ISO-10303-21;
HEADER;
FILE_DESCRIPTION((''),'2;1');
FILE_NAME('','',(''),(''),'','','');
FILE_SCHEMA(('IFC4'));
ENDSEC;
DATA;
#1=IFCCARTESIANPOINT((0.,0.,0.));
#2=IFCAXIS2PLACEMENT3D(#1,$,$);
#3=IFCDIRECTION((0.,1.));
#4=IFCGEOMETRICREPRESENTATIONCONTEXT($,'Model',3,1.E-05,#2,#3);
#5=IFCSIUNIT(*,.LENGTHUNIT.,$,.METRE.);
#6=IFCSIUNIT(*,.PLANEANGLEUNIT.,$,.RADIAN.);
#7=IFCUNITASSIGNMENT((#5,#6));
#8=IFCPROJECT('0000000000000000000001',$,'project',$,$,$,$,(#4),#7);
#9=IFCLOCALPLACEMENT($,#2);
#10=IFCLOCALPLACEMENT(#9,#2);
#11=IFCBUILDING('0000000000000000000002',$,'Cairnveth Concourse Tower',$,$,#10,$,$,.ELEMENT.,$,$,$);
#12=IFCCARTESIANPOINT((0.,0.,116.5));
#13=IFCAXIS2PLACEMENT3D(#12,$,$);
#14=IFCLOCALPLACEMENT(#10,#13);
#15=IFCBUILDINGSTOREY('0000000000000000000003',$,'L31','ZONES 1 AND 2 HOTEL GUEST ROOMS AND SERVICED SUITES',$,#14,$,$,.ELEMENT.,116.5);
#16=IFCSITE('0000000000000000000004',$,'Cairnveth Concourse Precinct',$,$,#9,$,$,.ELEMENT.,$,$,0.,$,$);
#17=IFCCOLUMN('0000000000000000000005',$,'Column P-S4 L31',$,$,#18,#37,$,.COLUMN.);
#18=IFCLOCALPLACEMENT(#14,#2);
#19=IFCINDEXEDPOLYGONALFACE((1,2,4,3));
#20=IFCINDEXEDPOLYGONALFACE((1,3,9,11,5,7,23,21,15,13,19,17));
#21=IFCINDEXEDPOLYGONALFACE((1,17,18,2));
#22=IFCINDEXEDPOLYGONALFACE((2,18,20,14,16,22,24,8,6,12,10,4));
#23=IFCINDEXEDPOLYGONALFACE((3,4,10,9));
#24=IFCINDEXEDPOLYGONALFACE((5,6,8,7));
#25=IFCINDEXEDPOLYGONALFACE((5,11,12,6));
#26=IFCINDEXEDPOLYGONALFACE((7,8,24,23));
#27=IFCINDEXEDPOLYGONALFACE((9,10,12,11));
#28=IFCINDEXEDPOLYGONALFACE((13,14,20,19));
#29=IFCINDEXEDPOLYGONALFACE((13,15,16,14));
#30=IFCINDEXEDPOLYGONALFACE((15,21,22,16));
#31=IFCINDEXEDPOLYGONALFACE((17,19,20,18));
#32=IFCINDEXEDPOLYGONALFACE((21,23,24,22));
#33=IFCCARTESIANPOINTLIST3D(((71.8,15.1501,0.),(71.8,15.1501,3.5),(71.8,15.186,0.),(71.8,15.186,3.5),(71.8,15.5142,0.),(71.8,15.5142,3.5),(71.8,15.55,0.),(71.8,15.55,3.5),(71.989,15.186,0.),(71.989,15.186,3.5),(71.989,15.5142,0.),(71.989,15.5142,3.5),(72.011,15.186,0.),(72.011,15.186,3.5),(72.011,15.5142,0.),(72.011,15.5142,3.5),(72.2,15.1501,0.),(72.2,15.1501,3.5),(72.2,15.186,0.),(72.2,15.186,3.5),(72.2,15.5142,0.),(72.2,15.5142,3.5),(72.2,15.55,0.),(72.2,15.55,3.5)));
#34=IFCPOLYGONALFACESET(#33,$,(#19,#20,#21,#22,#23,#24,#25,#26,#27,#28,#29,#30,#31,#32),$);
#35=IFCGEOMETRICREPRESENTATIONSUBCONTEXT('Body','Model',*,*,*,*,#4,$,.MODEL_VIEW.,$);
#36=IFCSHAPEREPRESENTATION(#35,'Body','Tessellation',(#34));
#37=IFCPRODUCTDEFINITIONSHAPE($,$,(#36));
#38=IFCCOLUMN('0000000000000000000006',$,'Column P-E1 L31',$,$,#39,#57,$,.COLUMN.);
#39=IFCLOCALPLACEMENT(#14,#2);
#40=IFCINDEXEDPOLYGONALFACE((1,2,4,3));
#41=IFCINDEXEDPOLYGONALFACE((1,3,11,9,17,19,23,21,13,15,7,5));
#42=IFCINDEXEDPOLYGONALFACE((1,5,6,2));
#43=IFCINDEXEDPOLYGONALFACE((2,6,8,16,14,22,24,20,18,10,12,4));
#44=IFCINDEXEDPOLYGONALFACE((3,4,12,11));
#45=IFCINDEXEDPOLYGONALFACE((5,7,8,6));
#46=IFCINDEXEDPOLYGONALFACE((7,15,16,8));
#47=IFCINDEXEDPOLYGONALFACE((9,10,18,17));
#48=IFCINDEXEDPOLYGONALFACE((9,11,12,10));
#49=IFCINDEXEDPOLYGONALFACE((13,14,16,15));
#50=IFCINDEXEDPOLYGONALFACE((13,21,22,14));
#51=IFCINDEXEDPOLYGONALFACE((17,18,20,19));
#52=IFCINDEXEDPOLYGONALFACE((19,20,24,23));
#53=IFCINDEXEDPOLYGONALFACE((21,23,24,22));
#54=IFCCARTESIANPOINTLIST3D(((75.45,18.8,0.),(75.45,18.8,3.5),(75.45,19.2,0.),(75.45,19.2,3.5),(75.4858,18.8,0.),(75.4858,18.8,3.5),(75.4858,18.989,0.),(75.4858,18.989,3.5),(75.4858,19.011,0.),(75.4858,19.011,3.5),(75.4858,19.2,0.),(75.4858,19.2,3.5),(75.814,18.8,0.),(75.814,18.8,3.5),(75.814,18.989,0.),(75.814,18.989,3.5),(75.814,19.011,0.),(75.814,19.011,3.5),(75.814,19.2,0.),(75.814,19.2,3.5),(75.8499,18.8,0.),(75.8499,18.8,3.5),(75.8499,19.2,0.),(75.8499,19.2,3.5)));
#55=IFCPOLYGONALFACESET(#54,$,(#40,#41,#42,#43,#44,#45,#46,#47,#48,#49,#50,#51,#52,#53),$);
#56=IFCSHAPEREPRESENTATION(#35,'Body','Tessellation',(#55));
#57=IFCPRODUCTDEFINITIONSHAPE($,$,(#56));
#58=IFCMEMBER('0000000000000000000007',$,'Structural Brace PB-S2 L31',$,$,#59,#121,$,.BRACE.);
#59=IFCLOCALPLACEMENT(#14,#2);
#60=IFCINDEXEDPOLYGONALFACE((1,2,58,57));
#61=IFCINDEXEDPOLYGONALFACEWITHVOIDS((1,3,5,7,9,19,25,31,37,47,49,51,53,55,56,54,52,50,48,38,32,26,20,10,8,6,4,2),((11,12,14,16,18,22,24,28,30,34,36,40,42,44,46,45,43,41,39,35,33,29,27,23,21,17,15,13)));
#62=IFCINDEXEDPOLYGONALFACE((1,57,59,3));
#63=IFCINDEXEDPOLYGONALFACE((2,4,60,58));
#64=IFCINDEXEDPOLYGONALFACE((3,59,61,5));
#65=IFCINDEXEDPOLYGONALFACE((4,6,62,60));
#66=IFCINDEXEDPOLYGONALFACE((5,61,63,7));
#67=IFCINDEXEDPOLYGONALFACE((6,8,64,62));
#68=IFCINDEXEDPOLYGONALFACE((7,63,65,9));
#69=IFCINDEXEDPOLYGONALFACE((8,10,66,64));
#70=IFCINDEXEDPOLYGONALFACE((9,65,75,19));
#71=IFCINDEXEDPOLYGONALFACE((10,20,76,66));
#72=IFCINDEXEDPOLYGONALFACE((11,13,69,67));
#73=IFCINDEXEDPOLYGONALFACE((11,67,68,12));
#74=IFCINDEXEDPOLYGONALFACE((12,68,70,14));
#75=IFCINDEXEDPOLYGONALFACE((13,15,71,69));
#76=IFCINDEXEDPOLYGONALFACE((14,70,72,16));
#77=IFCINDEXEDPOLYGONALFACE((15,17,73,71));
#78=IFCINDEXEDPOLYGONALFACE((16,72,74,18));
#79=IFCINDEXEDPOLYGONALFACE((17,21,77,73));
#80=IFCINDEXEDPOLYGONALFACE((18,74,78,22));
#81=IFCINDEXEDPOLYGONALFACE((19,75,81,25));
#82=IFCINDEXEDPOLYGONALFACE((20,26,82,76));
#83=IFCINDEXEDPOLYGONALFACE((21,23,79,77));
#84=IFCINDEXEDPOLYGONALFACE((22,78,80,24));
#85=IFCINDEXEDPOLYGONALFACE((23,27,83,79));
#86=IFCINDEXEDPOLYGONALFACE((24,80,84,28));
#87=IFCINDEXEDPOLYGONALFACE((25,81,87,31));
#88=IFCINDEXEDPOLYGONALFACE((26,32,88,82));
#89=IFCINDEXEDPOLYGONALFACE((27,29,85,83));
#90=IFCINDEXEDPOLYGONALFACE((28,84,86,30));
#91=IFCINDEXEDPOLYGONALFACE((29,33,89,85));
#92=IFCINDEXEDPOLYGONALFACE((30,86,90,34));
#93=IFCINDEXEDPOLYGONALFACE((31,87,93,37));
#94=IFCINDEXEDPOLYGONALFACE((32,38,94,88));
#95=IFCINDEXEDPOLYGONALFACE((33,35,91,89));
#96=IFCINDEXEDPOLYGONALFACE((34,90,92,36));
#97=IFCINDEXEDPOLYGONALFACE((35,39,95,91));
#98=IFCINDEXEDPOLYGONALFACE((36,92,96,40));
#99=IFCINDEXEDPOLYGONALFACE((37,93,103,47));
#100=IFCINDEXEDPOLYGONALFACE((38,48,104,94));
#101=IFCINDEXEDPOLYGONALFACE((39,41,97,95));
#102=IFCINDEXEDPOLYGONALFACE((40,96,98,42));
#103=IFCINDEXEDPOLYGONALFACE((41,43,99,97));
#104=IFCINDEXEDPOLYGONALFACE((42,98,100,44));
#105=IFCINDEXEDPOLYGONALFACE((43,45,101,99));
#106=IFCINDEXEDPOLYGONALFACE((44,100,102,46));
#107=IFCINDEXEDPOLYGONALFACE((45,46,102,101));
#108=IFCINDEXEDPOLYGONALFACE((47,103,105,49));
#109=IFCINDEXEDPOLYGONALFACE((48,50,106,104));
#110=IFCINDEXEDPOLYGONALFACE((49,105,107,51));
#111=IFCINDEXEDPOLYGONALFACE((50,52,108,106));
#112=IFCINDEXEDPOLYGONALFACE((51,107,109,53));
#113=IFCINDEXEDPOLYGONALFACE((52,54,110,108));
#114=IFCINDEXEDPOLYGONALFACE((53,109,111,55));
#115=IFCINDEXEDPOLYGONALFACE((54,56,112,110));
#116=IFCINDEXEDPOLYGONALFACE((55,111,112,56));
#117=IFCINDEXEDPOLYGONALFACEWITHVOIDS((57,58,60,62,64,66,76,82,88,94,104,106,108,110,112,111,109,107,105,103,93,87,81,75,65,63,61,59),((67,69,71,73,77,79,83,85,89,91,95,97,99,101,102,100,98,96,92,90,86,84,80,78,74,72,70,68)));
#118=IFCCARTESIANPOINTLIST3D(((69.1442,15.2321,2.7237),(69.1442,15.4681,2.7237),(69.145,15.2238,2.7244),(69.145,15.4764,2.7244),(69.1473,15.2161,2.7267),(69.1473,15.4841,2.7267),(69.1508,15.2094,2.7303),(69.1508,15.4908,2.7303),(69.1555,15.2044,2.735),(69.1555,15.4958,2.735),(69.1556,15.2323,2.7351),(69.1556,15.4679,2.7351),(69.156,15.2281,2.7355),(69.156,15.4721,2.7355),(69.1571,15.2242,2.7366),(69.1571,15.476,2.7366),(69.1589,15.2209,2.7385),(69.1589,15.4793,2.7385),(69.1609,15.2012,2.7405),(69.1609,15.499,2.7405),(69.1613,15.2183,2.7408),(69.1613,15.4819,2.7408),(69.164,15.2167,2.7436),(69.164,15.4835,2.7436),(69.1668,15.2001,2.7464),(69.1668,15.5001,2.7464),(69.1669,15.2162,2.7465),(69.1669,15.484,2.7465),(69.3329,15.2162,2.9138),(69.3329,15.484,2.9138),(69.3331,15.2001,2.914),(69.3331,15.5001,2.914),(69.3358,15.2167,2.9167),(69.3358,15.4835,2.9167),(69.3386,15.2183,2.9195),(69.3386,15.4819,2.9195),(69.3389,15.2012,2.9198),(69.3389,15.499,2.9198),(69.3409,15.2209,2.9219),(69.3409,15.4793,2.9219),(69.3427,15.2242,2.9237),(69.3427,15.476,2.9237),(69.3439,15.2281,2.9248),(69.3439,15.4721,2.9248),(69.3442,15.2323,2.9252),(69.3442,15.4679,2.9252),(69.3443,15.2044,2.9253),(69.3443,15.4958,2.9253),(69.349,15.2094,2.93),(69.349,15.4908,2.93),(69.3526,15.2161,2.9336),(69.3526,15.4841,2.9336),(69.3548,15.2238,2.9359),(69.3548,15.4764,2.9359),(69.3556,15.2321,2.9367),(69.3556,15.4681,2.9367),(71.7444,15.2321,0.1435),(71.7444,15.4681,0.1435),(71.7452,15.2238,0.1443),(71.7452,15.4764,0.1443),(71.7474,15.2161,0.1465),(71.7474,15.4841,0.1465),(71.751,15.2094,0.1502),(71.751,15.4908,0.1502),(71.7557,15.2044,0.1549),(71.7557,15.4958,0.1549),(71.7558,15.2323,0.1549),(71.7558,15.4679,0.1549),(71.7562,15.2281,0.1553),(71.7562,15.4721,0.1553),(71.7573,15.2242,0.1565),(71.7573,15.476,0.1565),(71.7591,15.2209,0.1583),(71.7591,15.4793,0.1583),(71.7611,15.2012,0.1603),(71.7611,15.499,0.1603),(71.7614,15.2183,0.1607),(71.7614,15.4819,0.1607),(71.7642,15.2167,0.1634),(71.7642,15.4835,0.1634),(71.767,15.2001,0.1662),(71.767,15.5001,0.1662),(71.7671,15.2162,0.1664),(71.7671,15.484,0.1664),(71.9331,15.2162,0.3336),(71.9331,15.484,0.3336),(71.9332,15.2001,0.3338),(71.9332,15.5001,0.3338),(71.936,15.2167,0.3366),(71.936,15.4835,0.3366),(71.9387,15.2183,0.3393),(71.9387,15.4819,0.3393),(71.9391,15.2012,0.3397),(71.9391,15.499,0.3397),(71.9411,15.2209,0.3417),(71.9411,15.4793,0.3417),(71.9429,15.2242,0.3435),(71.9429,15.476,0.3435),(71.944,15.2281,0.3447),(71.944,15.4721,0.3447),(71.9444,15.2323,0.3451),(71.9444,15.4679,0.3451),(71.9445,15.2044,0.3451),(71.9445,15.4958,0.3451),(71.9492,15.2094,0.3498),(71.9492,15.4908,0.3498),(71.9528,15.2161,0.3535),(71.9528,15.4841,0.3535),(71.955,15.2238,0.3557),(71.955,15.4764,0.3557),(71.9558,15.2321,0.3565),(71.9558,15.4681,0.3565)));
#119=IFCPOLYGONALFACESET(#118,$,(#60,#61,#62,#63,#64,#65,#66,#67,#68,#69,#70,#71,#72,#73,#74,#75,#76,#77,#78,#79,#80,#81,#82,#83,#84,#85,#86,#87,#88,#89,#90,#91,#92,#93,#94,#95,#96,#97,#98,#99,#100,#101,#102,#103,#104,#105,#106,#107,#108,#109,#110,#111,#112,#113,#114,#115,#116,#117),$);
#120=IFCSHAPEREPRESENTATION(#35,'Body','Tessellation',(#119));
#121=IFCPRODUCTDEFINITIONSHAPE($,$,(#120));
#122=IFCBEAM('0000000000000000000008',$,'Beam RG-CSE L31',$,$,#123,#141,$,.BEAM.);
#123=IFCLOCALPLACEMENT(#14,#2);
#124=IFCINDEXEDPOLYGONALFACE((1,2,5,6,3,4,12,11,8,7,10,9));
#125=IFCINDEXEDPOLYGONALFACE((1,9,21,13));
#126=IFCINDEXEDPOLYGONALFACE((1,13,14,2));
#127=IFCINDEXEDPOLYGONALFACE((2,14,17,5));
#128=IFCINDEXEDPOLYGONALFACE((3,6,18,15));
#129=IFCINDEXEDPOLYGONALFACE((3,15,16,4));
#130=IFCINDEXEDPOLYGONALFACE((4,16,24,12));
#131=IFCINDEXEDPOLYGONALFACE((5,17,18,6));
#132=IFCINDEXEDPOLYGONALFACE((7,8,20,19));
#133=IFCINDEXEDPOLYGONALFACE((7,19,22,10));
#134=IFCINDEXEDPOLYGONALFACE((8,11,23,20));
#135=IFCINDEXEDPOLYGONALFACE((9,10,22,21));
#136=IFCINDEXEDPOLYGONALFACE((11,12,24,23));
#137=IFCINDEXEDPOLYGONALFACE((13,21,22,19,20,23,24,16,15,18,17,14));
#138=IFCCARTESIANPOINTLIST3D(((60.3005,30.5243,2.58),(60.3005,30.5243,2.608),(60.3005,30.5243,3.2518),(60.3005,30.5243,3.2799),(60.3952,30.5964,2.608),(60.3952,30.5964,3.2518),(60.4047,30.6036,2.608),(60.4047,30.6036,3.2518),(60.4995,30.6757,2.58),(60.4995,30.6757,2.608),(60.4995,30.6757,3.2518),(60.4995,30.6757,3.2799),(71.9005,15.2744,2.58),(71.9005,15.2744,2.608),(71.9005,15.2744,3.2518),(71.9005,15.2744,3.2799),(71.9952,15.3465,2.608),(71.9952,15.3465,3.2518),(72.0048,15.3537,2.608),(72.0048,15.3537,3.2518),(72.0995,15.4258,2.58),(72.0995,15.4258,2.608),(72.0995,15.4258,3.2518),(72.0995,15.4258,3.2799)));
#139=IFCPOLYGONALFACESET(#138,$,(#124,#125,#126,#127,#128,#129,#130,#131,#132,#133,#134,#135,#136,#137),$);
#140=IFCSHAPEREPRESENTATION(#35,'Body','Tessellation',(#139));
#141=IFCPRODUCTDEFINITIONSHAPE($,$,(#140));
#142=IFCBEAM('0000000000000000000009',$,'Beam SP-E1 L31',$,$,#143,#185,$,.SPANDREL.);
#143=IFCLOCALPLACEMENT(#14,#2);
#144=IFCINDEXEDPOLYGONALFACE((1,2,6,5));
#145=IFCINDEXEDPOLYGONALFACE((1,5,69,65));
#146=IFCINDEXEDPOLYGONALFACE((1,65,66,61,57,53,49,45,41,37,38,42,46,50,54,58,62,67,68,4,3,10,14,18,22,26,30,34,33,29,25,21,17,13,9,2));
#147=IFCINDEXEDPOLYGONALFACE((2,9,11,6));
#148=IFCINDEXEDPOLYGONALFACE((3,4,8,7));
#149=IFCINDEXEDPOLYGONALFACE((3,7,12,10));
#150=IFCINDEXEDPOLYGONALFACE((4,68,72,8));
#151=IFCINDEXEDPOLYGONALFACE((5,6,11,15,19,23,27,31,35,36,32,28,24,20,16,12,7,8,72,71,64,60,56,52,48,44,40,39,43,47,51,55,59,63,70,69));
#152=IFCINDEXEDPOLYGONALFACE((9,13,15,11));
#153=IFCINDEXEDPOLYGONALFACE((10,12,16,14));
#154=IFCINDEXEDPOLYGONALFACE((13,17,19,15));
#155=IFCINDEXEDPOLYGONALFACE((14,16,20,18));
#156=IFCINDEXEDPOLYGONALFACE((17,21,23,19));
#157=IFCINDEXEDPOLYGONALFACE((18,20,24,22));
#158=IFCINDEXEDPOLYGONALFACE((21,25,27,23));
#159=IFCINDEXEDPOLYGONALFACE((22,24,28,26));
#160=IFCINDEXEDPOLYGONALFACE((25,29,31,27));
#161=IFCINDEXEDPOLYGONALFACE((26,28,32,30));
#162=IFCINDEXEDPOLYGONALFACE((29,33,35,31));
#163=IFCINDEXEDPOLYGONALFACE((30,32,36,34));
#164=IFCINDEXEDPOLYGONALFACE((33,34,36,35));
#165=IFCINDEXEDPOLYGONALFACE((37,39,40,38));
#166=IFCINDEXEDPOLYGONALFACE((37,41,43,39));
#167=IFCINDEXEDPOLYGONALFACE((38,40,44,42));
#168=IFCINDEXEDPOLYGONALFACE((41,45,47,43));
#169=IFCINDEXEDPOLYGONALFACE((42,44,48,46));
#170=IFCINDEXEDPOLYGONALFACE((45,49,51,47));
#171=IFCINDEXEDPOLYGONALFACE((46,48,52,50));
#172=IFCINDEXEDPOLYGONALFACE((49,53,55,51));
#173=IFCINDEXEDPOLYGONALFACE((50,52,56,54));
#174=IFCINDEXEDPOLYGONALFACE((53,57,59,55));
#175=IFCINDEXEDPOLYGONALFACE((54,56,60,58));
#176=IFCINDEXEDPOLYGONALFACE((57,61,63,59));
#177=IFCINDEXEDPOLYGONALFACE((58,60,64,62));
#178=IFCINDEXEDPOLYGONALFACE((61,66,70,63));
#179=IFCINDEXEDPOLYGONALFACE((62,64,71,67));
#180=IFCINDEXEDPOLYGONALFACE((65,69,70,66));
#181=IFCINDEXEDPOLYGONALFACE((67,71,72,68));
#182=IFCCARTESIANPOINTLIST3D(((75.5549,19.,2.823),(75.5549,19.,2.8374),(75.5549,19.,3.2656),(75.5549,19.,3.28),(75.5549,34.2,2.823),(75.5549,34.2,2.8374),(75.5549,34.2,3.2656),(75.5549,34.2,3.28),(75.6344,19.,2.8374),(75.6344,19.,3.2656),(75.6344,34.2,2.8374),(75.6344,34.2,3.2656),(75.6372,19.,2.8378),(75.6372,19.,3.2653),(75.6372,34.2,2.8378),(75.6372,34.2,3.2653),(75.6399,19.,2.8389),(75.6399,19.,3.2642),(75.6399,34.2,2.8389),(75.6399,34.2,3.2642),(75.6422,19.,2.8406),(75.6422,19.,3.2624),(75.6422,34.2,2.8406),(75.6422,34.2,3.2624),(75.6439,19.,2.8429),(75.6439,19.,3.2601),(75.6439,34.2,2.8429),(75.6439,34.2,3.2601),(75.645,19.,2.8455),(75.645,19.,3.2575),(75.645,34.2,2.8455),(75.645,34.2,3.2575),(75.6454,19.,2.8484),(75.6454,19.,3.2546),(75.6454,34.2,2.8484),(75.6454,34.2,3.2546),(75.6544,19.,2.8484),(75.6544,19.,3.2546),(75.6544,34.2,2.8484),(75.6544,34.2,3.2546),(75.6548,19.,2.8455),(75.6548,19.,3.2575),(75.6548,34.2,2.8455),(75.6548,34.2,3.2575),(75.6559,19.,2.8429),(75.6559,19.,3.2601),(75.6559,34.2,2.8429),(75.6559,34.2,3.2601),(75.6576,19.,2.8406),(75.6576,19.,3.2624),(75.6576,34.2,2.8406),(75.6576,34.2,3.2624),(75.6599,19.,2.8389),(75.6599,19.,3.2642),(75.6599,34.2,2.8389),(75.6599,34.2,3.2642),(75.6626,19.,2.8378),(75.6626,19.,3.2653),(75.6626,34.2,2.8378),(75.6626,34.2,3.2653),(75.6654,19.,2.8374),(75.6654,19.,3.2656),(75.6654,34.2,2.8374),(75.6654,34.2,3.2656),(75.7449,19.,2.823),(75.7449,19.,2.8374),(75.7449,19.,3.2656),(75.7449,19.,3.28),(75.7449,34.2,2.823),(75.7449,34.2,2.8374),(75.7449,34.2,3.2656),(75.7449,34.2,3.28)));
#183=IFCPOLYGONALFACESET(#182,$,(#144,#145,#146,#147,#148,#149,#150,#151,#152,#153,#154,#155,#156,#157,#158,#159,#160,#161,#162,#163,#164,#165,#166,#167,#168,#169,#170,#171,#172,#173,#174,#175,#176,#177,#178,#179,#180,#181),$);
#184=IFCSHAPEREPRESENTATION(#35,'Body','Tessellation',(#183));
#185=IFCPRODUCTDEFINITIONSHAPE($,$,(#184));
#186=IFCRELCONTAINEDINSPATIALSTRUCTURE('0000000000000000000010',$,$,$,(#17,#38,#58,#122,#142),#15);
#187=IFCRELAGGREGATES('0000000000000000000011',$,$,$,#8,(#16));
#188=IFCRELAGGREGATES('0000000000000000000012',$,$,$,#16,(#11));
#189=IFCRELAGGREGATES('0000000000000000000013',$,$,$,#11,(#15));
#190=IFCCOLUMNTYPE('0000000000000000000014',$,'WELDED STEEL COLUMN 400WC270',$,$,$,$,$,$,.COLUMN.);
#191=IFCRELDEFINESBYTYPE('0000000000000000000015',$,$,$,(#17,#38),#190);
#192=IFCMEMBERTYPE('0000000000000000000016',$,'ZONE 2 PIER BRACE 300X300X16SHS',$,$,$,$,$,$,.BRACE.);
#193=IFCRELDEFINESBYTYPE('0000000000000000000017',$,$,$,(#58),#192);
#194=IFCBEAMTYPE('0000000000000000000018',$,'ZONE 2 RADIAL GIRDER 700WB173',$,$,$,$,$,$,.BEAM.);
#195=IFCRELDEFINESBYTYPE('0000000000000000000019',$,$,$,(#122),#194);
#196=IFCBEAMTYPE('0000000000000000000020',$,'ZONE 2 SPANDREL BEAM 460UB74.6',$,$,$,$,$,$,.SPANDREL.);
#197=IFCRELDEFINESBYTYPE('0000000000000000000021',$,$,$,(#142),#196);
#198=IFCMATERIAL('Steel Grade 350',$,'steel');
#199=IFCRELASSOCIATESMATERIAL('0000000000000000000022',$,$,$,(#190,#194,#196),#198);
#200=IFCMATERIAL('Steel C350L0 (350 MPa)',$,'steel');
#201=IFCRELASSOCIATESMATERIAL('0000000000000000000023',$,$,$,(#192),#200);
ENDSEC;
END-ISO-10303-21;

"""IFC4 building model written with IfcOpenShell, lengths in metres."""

from ifc_helpers import new_model, si_unit, direction, frame, origin, origin_2d, place, context, subcontext, project, spatial, hollow_rectangle, i_section, extrude, material, material_profile, profile_set, type_object, element, save


model = new_model("IFC4")

# Units and contexts
model_context = context("Model", 3, precision=1e-05, world=origin(), true_north=direction((0.0, 1.0)))
body_context = subcontext(model_context, "Body", "Model", "MODEL_VIEW")
ifc_project = project(units=[si_unit("LENGTHUNIT", "METRE"), si_unit("PLANEANGLEUNIT", "RADIAN")], contexts=[model_context])

# Site, building, storey
site_placement = place(None, origin())
site = spatial("IfcSite", under=ifc_project, at=site_placement, Name="Cairnveth Concourse Precinct", CompositionType="ELEMENT", RefElevation=0.0)
building_placement = place(site_placement, origin())
building = spatial("IfcBuilding", under=site, at=building_placement, Name="Cairnveth Concourse Tower", CompositionType="ELEMENT")
storey_placement = place(building_placement, frame((0.0, 0.0, 116.5)))
storey = spatial("IfcBuildingStorey", under=building, at=storey_placement, Name="L31", Description="ZONES 1 AND 2 HOTEL GUEST ROOMS AND SERVICED SUITES", CompositionType="ELEMENT", Elevation=116.5)

# Columns
ifc_material_1 = material(Name="Steel Grade 350", Category="steel")
ifc_material_profile_1 = material_profile(ifc_material_1, i_section(OverallWidth=0.3999, OverallDepth=0.3999, WebThickness=0.022, FlangeThickness=0.0359, at=origin_2d()), Name="400WC270")
ifc_profile_set_1 = profile_set([ifc_material_profile_1], Name="Steel Grade 350")
column_type = type_object("IfcColumnType", Name="WELDED STEEL COLUMN 400WC270", PredefinedType="COLUMN", material=ifc_profile_set_1)
for number, where, z_axis, x_axis, name in (
    (1, (72.0, 15.3501, 0.0), (0.0, 0.0, 1.0), (1.0, 0.0, 0.0), "Column P-S4 L31"),
    (2, (75.6499, 19.0, 0.0), (0.0, 0.0, 1.0), (0.0, 1.0, 0.0), "Column P-E1 L31"),
):
    element("IfcColumn", number, at=place(storey_placement, frame(where, z_axis=z_axis, x_axis=x_axis)), inside=storey, type_object=column_type, Name=name, PredefinedType="COLUMN", context=body_context, shape_type="SweptSolid", body=[
        extrude(i_section(OverallWidth=0.3999, OverallDepth=0.3999, WebThickness=0.022, FlangeThickness=0.0359, at=origin_2d()), origin(), (0.0, 0.0, 1.0), 3.5),
    ])

# Member
ifc_material_2 = material(Name="Steel C350L0 (350 MPa)", Category="steel")
ifc_material_profile_2 = material_profile(ifc_material_2, hollow_rectangle(XDim=0.3, YDim=0.3, WallThickness=0.0161, InnerFilletRadius=0.0161, OuterFilletRadius=0.032, at=origin_2d()), Name="300x300x16.0SHS")
ifc_profile_set_2 = profile_set([ifc_material_profile_2], Name="Steel C350L0 (350 MPa)")
member_type = type_object("IfcMemberType", Name="ZONE 2 PIER BRACE 300X300X16SHS", PredefinedType="BRACE", material=ifc_profile_set_2)
member_placement = place(storey_placement, frame((71.8501, 15.3501, 0.25), z_axis=(-0.709834, 0.0, 0.704369), x_axis=(0.0, -1.0, 0.0)))
element("IfcMember", 3, at=member_placement, inside=storey, type_object=member_type, Name="Structural Brace PB-S2 L31", PredefinedType="BRACE", context=body_context, shape_type="SweptSolid", body=[
    extrude(hollow_rectangle(XDim=0.3, YDim=0.3, WallThickness=0.0161, InnerFilletRadius=0.0161, OuterFilletRadius=0.032, at=origin_2d()), origin(), (0.0, 0.0, 1.0), 3.6631),
])

# Beams
ifc_material_profile_3 = material_profile(ifc_material_1, i_section(OverallWidth=0.25, OverallDepth=0.7, WebThickness=0.012, FlangeThickness=0.0281, at=origin_2d()), Name="700WB173")
ifc_profile_set_3 = profile_set([ifc_material_profile_3], Name="Steel Grade 350")
beam_type_1 = type_object("IfcBeamType", Name="ZONE 2 RADIAL GIRDER 700WB173", PredefinedType="BEAM", material=ifc_profile_set_3)
beam_1_placement = place(storey_placement, frame((72.0, 15.3501, 2.9299), z_axis=(-0.605417, 0.795908, 0.0), x_axis=(-0.795908, -0.605417, 0.0)))
element("IfcBeam", 4, at=beam_1_placement, inside=storey, type_object=beam_type_1, Name="Beam RG-CSE L31", PredefinedType="BEAM", context=body_context, shape_type="SweptSolid", body=[
    extrude(i_section(OverallWidth=0.25, OverallDepth=0.7, WebThickness=0.012, FlangeThickness=0.0281, at=origin_2d()), origin(), (0.0, 0.0, 1.0), 19.1604),
])
ifc_material_profile_4 = material_profile(ifc_material_1, i_section(OverallWidth=0.1899, OverallDepth=0.457, WebThickness=0.009, FlangeThickness=0.0144, FilletRadius=0.011, at=origin_2d()), Name="460UB74.6")
ifc_profile_set_4 = profile_set([ifc_material_profile_4], Name="Steel Grade 350")
beam_type_2 = type_object("IfcBeamType", Name="ZONE 2 SPANDREL BEAM 460UB74.6", PredefinedType="SPANDREL", material=ifc_profile_set_4)
beam_2_placement = place(storey_placement, frame((75.6499, 19.0, 3.0515), z_axis=(0.0, 1.0, 0.0), x_axis=(-1.0, 0.0, 0.0)))
element("IfcBeam", 5, at=beam_2_placement, inside=storey, type_object=beam_type_2, Name="Beam SP-E1 L31", PredefinedType="SPANDREL", context=body_context, shape_type="SweptSolid", body=[
    extrude(i_section(OverallWidth=0.1899, OverallDepth=0.457, WebThickness=0.009, FlangeThickness=0.0144, FilletRadius=0.011, at=origin_2d()), origin(), (0.0, 0.0, 1.0), 15.2),
])

save(model, "model.ifc")
